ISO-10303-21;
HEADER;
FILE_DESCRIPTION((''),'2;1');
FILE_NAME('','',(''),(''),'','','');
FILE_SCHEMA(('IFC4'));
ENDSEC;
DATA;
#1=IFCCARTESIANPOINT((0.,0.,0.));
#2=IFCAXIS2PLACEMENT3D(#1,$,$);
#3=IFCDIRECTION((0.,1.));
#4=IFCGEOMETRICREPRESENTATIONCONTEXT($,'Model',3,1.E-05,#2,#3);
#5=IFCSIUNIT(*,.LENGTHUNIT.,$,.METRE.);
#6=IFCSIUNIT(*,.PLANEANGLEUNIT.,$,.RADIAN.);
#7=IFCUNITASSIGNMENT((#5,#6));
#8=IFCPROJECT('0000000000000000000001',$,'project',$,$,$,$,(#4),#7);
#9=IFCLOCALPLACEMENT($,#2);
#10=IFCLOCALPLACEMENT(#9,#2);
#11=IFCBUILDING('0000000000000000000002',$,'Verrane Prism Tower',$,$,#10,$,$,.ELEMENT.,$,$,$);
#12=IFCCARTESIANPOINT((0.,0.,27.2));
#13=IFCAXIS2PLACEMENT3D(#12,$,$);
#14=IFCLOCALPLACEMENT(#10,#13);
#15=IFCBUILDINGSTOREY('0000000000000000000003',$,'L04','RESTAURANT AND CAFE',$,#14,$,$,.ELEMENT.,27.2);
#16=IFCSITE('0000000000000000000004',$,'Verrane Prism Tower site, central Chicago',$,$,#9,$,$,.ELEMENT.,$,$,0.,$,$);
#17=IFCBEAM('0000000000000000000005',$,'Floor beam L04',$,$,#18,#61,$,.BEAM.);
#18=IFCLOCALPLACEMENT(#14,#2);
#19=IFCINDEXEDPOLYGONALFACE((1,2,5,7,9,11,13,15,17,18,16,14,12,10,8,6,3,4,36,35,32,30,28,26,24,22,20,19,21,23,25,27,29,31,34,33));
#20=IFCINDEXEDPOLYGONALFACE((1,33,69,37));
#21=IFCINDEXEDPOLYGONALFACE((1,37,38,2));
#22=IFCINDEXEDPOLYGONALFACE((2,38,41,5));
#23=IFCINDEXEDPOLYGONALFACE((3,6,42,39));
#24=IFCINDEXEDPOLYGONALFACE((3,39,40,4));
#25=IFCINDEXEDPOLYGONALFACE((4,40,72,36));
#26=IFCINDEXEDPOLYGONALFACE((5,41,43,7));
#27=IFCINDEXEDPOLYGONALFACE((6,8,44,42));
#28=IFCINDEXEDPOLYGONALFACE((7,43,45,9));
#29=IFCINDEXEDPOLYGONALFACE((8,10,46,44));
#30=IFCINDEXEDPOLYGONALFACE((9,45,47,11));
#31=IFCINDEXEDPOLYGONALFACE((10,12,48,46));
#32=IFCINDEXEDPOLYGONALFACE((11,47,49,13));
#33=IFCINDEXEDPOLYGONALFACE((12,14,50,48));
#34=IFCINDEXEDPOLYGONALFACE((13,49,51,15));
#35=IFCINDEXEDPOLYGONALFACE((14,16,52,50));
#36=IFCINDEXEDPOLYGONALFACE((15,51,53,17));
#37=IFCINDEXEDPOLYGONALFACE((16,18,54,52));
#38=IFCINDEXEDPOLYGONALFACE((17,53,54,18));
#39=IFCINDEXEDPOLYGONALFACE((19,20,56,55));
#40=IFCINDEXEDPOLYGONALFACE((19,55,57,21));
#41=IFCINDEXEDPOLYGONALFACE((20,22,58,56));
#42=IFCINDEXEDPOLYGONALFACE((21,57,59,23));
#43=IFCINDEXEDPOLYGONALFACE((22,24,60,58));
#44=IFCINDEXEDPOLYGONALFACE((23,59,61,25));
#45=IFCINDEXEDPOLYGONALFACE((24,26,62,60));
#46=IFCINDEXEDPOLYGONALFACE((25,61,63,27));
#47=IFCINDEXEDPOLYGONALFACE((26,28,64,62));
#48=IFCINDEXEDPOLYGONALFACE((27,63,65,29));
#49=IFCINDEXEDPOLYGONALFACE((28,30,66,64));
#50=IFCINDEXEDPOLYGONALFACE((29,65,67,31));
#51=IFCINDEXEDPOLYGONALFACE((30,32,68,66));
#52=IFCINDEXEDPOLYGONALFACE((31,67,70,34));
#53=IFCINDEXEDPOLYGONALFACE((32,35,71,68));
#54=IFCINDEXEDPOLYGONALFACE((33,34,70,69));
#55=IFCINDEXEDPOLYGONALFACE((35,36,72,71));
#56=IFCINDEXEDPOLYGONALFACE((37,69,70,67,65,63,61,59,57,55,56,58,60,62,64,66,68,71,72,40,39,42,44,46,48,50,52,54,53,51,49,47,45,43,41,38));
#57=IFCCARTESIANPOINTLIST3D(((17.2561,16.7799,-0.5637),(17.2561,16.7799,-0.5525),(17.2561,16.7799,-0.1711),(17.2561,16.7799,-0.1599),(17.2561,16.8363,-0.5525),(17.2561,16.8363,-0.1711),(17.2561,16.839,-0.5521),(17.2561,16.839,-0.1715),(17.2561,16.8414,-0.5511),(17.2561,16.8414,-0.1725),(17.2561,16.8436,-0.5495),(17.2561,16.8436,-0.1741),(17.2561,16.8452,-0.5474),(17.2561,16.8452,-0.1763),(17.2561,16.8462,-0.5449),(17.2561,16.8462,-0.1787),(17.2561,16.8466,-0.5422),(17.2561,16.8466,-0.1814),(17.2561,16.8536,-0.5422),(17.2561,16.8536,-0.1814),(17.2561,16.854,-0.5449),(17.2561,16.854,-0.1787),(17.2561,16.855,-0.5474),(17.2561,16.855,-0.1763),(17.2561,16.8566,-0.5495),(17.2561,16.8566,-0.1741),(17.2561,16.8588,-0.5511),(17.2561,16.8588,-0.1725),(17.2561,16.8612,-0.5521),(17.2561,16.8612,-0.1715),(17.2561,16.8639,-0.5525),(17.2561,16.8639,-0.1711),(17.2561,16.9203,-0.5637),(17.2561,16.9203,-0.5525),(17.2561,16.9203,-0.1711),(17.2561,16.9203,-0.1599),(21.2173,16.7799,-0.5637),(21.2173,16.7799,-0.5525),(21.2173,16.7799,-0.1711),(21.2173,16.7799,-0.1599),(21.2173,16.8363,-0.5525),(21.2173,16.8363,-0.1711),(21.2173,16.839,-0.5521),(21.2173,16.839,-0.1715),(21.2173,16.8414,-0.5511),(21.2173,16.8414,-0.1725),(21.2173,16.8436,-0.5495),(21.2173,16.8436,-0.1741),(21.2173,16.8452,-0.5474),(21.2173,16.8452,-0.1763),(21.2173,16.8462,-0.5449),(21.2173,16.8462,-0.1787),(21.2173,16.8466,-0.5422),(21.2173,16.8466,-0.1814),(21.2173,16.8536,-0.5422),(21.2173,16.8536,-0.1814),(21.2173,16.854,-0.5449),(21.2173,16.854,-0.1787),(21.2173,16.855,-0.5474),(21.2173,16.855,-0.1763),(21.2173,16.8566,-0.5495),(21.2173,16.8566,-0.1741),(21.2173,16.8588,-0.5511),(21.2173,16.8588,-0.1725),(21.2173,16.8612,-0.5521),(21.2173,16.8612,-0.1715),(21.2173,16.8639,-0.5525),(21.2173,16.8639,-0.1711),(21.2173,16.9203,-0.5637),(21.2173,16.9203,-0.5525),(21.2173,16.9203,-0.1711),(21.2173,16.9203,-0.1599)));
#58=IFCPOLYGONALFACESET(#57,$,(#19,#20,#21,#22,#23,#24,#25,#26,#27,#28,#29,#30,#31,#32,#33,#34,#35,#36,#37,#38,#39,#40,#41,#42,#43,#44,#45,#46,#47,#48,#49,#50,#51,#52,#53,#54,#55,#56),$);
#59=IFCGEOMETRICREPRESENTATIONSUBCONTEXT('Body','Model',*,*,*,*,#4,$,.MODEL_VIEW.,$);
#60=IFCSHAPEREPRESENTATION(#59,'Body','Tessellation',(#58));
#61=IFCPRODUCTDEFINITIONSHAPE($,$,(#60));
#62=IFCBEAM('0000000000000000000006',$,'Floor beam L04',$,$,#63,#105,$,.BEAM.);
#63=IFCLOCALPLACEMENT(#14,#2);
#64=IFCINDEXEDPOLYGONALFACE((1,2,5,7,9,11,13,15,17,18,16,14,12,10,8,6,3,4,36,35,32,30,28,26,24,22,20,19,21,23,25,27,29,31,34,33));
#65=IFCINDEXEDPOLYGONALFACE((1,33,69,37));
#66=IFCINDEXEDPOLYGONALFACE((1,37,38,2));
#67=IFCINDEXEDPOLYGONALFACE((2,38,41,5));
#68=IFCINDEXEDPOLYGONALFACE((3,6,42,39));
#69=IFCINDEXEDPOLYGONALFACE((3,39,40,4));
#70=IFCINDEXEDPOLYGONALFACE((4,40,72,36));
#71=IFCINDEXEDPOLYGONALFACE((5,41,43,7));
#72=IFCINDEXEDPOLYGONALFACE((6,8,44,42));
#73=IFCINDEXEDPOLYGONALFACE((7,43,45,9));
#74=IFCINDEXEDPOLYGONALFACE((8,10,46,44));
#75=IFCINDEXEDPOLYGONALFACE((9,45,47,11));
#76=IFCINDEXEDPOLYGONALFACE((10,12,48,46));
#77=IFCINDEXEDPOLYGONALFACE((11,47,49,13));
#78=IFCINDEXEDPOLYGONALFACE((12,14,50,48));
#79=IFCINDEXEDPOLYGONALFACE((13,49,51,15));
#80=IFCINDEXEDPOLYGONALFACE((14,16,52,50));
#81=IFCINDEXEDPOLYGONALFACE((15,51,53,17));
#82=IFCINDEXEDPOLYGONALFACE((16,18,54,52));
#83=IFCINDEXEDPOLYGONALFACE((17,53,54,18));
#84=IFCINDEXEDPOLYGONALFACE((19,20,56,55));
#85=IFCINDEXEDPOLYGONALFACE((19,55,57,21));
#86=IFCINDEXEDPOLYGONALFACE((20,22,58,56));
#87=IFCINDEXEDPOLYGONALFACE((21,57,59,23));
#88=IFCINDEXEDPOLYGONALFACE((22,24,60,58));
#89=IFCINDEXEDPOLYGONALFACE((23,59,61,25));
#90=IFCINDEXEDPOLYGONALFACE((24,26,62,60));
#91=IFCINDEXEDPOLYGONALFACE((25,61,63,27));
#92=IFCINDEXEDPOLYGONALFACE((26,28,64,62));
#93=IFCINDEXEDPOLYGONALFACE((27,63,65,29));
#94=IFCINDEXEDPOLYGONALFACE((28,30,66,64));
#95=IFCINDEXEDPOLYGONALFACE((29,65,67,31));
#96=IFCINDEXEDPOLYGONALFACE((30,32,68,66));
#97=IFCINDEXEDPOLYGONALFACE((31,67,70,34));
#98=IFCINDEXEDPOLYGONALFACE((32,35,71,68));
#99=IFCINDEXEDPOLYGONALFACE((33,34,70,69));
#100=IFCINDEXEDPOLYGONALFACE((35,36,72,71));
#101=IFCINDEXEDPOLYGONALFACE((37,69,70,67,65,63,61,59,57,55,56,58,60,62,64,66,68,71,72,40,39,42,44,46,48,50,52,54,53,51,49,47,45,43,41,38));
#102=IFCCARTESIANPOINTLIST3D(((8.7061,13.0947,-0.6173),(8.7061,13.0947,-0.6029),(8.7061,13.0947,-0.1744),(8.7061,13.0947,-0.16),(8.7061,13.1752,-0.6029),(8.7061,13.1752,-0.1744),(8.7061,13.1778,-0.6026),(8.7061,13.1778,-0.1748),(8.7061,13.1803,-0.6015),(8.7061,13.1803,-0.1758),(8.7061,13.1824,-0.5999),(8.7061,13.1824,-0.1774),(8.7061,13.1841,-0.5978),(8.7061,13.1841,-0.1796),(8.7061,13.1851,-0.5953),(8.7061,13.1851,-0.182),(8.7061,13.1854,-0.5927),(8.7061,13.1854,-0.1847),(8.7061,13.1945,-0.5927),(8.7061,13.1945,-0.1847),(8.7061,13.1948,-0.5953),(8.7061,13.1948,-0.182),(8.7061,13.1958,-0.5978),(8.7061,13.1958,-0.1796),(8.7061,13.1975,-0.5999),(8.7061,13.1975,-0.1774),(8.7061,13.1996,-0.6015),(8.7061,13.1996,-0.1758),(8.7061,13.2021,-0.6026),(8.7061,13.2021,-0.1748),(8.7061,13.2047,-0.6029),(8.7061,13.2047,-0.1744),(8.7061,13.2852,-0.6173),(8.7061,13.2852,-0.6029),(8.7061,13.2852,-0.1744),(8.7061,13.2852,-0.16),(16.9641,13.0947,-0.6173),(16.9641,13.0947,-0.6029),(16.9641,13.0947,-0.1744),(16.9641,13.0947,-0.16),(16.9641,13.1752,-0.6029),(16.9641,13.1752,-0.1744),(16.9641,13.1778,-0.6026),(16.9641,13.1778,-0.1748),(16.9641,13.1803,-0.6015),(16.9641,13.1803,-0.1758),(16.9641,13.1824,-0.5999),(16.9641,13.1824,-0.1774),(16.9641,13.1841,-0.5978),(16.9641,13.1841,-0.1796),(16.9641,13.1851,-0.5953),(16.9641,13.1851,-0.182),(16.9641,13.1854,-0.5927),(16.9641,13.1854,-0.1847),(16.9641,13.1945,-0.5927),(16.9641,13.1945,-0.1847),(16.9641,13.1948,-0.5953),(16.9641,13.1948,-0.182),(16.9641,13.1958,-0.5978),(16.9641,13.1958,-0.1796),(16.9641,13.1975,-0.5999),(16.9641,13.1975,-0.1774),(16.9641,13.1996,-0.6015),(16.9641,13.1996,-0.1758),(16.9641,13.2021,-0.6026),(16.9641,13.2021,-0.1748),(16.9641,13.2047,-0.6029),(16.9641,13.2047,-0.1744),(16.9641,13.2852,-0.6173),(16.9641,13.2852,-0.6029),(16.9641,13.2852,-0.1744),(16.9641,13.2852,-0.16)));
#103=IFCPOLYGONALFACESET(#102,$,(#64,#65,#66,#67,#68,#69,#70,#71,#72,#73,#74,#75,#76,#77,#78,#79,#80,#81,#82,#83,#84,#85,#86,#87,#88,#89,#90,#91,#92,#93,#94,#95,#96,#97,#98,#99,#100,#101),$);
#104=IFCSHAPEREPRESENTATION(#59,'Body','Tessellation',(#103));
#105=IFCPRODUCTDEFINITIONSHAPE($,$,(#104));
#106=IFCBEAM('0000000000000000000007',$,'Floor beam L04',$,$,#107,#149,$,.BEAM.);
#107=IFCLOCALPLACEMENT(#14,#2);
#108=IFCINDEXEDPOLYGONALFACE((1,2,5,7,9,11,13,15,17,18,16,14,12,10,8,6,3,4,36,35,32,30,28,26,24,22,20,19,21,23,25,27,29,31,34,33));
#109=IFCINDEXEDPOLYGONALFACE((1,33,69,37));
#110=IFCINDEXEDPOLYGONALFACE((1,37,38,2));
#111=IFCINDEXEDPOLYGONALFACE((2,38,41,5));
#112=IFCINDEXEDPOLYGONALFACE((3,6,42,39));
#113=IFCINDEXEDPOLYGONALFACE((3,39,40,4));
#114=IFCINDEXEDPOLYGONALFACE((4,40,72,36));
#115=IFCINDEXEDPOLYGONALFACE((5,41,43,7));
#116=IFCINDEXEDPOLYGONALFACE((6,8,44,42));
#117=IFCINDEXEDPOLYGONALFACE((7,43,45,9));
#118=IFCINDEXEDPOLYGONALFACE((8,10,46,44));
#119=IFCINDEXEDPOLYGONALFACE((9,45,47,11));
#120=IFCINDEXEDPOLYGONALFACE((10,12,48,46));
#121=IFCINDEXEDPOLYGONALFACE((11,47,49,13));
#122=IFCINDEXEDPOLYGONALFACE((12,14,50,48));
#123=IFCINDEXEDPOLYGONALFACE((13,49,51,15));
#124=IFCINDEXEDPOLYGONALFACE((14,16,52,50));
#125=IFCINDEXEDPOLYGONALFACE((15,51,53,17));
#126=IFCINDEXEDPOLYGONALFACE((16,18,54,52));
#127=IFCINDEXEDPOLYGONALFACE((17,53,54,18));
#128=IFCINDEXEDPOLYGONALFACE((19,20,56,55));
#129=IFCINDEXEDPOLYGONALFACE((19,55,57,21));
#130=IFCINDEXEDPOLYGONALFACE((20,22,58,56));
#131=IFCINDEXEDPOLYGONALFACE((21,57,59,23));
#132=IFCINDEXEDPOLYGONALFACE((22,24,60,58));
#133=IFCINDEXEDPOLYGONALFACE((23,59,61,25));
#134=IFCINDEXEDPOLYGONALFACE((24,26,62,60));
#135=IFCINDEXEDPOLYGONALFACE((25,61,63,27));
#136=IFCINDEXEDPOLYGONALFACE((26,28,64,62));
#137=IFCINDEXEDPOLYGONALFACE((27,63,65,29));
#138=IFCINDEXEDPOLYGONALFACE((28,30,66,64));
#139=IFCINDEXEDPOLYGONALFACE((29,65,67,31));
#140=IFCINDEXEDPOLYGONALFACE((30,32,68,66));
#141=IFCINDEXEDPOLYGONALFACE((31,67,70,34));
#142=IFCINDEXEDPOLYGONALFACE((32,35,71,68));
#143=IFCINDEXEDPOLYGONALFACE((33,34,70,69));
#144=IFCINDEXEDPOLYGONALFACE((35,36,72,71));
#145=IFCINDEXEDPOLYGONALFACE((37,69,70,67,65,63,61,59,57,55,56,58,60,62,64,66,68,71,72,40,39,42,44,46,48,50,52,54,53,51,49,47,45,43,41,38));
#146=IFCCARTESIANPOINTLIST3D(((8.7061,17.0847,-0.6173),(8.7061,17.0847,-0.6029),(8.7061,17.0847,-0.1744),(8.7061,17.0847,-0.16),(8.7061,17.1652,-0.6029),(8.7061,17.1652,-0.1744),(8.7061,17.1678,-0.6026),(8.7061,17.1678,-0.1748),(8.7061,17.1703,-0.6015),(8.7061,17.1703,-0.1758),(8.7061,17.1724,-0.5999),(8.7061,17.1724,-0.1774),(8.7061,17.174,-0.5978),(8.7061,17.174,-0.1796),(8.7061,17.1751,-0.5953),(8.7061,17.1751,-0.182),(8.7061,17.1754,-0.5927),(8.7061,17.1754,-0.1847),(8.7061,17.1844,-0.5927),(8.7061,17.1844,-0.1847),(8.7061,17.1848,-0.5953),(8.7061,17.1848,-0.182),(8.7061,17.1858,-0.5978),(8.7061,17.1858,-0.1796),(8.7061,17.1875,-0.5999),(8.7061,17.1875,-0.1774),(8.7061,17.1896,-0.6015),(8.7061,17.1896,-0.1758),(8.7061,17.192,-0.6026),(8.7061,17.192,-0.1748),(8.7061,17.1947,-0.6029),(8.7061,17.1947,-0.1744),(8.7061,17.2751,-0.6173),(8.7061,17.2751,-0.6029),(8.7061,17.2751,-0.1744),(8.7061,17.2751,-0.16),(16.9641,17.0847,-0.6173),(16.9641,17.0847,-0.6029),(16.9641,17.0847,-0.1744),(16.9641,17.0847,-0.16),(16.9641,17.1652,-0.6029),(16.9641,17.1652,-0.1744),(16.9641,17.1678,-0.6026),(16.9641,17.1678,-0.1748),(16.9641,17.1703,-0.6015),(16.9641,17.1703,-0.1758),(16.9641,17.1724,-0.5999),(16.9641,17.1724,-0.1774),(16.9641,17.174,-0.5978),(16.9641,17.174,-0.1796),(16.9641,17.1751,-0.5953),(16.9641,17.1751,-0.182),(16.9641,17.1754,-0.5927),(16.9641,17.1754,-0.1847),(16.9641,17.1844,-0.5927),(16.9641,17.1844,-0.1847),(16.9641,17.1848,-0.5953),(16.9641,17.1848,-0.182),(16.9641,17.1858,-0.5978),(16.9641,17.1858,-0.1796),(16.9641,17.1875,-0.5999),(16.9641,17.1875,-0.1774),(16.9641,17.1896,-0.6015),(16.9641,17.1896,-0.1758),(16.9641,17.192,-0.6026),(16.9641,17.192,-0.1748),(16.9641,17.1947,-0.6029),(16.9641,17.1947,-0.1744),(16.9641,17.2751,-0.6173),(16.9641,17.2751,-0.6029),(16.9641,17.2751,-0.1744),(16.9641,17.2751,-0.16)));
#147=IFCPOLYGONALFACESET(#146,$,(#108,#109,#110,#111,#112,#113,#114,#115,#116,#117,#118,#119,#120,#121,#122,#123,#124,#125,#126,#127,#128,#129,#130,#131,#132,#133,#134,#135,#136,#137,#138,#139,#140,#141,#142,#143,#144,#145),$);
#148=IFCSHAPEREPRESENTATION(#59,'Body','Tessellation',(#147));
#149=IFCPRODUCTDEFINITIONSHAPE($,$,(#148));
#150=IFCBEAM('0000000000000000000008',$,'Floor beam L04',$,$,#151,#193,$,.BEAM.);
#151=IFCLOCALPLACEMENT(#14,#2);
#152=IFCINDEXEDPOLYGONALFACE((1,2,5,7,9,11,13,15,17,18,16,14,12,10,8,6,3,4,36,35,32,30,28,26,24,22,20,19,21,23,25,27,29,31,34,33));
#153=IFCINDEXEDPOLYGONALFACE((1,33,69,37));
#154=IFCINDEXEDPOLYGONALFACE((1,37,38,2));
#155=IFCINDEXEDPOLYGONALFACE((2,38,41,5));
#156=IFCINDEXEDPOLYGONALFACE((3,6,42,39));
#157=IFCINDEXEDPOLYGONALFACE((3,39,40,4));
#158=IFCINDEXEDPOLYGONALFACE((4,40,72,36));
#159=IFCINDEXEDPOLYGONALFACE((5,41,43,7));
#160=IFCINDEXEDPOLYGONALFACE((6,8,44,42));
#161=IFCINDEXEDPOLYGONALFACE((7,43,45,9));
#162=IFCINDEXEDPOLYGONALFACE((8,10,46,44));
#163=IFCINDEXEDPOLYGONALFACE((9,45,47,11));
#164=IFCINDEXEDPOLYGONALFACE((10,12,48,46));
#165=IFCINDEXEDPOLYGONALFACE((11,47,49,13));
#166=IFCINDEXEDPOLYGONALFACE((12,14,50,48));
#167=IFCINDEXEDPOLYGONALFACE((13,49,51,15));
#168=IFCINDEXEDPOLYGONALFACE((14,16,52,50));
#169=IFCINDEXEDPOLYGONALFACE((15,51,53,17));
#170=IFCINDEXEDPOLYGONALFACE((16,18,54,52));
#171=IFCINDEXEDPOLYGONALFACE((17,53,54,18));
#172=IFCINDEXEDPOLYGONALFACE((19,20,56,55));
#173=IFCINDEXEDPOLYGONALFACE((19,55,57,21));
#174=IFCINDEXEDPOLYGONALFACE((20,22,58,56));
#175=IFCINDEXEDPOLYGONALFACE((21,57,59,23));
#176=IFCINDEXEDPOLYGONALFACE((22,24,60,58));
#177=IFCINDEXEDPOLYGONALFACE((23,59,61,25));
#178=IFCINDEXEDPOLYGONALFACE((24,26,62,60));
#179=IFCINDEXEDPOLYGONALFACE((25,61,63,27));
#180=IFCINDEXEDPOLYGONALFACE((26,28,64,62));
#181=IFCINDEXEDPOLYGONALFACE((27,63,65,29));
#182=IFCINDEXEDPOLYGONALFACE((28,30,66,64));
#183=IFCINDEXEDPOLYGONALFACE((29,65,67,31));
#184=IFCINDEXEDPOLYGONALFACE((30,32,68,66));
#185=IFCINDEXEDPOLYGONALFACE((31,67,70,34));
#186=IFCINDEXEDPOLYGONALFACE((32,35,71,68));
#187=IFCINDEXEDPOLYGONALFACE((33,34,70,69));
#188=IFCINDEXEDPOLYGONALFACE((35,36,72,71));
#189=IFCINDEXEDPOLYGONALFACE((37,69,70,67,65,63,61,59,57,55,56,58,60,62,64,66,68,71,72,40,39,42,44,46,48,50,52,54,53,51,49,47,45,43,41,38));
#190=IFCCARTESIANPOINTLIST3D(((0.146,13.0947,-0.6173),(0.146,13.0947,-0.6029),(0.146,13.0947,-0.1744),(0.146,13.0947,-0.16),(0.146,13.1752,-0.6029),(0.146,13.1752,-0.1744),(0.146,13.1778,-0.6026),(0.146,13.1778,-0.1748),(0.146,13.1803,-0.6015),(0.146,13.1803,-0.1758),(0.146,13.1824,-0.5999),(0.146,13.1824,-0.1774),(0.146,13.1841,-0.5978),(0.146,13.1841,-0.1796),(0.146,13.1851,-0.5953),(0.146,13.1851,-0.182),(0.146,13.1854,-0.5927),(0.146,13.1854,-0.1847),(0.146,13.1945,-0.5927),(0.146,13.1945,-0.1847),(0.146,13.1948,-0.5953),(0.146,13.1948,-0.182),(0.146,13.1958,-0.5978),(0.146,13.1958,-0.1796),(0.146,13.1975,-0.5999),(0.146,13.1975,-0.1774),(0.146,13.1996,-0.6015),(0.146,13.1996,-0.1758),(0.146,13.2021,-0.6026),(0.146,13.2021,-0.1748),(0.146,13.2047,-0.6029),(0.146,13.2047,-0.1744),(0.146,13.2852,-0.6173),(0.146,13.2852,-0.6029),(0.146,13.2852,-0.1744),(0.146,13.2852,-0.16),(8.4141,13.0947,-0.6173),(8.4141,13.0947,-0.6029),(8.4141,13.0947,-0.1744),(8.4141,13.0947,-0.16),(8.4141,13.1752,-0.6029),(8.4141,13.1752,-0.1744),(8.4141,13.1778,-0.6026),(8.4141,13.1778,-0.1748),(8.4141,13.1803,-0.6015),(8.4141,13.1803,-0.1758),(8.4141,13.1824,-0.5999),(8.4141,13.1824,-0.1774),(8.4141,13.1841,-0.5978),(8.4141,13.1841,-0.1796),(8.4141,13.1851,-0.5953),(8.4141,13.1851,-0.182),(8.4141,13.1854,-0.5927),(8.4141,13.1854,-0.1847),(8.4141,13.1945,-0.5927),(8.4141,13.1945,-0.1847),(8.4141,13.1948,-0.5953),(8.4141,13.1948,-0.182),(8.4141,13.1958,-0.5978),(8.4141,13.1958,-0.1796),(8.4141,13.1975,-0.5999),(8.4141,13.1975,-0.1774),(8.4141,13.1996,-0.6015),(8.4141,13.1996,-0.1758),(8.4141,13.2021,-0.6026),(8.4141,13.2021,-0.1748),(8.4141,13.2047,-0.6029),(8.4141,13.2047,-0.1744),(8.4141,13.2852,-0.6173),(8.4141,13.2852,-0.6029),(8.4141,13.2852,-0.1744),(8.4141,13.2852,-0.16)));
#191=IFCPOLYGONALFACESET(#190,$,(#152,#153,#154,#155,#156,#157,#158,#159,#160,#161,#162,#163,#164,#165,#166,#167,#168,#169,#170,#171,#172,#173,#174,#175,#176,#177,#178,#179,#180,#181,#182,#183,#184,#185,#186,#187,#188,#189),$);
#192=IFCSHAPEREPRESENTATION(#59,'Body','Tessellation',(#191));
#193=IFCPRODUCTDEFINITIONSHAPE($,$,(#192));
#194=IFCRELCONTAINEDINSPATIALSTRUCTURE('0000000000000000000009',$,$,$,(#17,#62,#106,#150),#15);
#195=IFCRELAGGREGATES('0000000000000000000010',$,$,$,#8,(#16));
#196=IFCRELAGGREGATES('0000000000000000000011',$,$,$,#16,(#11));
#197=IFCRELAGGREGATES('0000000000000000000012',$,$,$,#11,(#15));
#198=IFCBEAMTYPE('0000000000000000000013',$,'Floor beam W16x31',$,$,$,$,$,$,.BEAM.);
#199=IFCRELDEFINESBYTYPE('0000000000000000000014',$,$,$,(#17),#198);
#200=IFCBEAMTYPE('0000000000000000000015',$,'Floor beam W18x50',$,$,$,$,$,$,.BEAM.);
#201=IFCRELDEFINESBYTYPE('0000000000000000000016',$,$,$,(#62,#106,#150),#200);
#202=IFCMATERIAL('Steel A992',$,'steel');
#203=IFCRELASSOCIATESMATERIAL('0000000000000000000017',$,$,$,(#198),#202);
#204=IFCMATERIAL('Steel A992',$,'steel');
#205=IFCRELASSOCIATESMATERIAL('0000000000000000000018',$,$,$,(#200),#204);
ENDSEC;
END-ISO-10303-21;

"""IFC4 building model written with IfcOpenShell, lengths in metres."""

from ifc_helpers import new_model, si_unit, direction, frame, origin, origin_2d, place, context, subcontext, project, spatial, i_section, extrude, material, material_profile, profile_set, type_object, element, save


model = new_model("IFC4")

# Units and contexts
model_context = context("Model", 3, precision=1e-05, world=origin(), true_north=direction((0.0, 1.0)))
body_context = subcontext(model_context, "Body", "Model", "MODEL_VIEW")
ifc_project = project(units=[si_unit("LENGTHUNIT", "METRE"), si_unit("PLANEANGLEUNIT", "RADIAN")], contexts=[model_context])

# Site, building, storey
site_placement = place(None, origin())
site = spatial("IfcSite", under=ifc_project, at=site_placement, Name="Verrane Prism Tower site, central Chicago", CompositionType="ELEMENT", RefElevation=0.0)
building_placement = place(site_placement, origin())
building = spatial("IfcBuilding", under=site, at=building_placement, Name="Verrane Prism Tower", CompositionType="ELEMENT")
storey_placement = place(building_placement, frame((0.0, 0.0, 27.2)))
storey = spatial("IfcBuildingStorey", under=building, at=storey_placement, Name="L04", Description="RESTAURANT AND CAFE", CompositionType="ELEMENT", Elevation=27.2)

# Beams
ifc_material_1 = material(Name="Steel A992", Category="steel")
ifc_material_profile_1 = material_profile(ifc_material_1, i_section(OverallWidth=0.1404, OverallDepth=0.4038, WebThickness=0.0071, FlangeThickness=0.0112, FilletRadius=0.0103, at=origin_2d()), Name="W16x31")
ifc_profile_set_1 = profile_set([ifc_material_profile_1], Name="Steel A992")
beam_type_1 = type_object("IfcBeamType", Name="Floor beam W16x31", PredefinedType="BEAM", material=ifc_profile_set_1)
beam_1_placement = place(storey_placement, frame((17.2561, 16.8501, -0.3618), z_axis=(1.0, 0.0, 0.0), x_axis=(0.0, 1.0, 0.0)))
element("IfcBeam", 1, at=beam_1_placement, inside=storey, type_object=beam_type_1, Name="Floor beam L04", PredefinedType="BEAM", context=body_context, shape_type="SweptSolid", body=[
    extrude(i_section(OverallWidth=0.1404, OverallDepth=0.4038, WebThickness=0.0071, FlangeThickness=0.0112, FilletRadius=0.0103, at=origin_2d()), origin(), (0.0, 0.0, 1.0), 3.9612),
])
ifc_material_2 = material(Name="Steel A992", Category="steel")
ifc_material_profile_2 = material_profile(ifc_material_2, i_section(OverallWidth=0.1904, OverallDepth=0.4573, WebThickness=0.009, FlangeThickness=0.0144, FilletRadius=0.0103, at=origin_2d()), Name="W18x50")
ifc_profile_set_2 = profile_set([ifc_material_profile_2], Name="Steel A992")
beam_type_2 = type_object("IfcBeamType", Name="Floor beam W18x50", PredefinedType="BEAM", material=ifc_profile_set_2)
for number, where, z_axis, x_axis, name in (
    (2, (8.7061, 13.1899, -0.3887), (1.0, 0.0, 0.0), (0.0, 1.0, 0.0), "Floor beam L04"),
    (3, (8.7061, 17.1799, -0.3887), (1.0, 0.0, 0.0), (0.0, 1.0, 0.0), "Floor beam L04"),
):
    element("IfcBeam", number, at=place(storey_placement, frame(where, z_axis=z_axis, x_axis=x_axis)), inside=storey, type_object=beam_type_2, Name=name, PredefinedType="BEAM", context=body_context, shape_type="SweptSolid", body=[
        extrude(i_section(OverallWidth=0.1904, OverallDepth=0.4573, WebThickness=0.009, FlangeThickness=0.0144, FilletRadius=0.0103, at=origin_2d()), origin(), (0.0, 0.0, 1.0), 8.2581),
    ])
for number, where, z_axis, x_axis, name in (
    (4, (0.146, 13.1899, -0.3887), (1.0, 0.0, 0.0), (0.0, 1.0, 0.0), "Floor beam L04"),
):
    element("IfcBeam", number, at=place(storey_placement, frame(where, z_axis=z_axis, x_axis=x_axis)), inside=storey, type_object=beam_type_2, Name=name, PredefinedType="BEAM", context=body_context, shape_type="SweptSolid", body=[
        extrude(i_section(OverallWidth=0.1904, OverallDepth=0.4573, WebThickness=0.009, FlangeThickness=0.0144, FilletRadius=0.0103, at=origin_2d()), origin(), (0.0, 0.0, 1.0), 8.2681),
    ])

save(model, "model.ifc")
